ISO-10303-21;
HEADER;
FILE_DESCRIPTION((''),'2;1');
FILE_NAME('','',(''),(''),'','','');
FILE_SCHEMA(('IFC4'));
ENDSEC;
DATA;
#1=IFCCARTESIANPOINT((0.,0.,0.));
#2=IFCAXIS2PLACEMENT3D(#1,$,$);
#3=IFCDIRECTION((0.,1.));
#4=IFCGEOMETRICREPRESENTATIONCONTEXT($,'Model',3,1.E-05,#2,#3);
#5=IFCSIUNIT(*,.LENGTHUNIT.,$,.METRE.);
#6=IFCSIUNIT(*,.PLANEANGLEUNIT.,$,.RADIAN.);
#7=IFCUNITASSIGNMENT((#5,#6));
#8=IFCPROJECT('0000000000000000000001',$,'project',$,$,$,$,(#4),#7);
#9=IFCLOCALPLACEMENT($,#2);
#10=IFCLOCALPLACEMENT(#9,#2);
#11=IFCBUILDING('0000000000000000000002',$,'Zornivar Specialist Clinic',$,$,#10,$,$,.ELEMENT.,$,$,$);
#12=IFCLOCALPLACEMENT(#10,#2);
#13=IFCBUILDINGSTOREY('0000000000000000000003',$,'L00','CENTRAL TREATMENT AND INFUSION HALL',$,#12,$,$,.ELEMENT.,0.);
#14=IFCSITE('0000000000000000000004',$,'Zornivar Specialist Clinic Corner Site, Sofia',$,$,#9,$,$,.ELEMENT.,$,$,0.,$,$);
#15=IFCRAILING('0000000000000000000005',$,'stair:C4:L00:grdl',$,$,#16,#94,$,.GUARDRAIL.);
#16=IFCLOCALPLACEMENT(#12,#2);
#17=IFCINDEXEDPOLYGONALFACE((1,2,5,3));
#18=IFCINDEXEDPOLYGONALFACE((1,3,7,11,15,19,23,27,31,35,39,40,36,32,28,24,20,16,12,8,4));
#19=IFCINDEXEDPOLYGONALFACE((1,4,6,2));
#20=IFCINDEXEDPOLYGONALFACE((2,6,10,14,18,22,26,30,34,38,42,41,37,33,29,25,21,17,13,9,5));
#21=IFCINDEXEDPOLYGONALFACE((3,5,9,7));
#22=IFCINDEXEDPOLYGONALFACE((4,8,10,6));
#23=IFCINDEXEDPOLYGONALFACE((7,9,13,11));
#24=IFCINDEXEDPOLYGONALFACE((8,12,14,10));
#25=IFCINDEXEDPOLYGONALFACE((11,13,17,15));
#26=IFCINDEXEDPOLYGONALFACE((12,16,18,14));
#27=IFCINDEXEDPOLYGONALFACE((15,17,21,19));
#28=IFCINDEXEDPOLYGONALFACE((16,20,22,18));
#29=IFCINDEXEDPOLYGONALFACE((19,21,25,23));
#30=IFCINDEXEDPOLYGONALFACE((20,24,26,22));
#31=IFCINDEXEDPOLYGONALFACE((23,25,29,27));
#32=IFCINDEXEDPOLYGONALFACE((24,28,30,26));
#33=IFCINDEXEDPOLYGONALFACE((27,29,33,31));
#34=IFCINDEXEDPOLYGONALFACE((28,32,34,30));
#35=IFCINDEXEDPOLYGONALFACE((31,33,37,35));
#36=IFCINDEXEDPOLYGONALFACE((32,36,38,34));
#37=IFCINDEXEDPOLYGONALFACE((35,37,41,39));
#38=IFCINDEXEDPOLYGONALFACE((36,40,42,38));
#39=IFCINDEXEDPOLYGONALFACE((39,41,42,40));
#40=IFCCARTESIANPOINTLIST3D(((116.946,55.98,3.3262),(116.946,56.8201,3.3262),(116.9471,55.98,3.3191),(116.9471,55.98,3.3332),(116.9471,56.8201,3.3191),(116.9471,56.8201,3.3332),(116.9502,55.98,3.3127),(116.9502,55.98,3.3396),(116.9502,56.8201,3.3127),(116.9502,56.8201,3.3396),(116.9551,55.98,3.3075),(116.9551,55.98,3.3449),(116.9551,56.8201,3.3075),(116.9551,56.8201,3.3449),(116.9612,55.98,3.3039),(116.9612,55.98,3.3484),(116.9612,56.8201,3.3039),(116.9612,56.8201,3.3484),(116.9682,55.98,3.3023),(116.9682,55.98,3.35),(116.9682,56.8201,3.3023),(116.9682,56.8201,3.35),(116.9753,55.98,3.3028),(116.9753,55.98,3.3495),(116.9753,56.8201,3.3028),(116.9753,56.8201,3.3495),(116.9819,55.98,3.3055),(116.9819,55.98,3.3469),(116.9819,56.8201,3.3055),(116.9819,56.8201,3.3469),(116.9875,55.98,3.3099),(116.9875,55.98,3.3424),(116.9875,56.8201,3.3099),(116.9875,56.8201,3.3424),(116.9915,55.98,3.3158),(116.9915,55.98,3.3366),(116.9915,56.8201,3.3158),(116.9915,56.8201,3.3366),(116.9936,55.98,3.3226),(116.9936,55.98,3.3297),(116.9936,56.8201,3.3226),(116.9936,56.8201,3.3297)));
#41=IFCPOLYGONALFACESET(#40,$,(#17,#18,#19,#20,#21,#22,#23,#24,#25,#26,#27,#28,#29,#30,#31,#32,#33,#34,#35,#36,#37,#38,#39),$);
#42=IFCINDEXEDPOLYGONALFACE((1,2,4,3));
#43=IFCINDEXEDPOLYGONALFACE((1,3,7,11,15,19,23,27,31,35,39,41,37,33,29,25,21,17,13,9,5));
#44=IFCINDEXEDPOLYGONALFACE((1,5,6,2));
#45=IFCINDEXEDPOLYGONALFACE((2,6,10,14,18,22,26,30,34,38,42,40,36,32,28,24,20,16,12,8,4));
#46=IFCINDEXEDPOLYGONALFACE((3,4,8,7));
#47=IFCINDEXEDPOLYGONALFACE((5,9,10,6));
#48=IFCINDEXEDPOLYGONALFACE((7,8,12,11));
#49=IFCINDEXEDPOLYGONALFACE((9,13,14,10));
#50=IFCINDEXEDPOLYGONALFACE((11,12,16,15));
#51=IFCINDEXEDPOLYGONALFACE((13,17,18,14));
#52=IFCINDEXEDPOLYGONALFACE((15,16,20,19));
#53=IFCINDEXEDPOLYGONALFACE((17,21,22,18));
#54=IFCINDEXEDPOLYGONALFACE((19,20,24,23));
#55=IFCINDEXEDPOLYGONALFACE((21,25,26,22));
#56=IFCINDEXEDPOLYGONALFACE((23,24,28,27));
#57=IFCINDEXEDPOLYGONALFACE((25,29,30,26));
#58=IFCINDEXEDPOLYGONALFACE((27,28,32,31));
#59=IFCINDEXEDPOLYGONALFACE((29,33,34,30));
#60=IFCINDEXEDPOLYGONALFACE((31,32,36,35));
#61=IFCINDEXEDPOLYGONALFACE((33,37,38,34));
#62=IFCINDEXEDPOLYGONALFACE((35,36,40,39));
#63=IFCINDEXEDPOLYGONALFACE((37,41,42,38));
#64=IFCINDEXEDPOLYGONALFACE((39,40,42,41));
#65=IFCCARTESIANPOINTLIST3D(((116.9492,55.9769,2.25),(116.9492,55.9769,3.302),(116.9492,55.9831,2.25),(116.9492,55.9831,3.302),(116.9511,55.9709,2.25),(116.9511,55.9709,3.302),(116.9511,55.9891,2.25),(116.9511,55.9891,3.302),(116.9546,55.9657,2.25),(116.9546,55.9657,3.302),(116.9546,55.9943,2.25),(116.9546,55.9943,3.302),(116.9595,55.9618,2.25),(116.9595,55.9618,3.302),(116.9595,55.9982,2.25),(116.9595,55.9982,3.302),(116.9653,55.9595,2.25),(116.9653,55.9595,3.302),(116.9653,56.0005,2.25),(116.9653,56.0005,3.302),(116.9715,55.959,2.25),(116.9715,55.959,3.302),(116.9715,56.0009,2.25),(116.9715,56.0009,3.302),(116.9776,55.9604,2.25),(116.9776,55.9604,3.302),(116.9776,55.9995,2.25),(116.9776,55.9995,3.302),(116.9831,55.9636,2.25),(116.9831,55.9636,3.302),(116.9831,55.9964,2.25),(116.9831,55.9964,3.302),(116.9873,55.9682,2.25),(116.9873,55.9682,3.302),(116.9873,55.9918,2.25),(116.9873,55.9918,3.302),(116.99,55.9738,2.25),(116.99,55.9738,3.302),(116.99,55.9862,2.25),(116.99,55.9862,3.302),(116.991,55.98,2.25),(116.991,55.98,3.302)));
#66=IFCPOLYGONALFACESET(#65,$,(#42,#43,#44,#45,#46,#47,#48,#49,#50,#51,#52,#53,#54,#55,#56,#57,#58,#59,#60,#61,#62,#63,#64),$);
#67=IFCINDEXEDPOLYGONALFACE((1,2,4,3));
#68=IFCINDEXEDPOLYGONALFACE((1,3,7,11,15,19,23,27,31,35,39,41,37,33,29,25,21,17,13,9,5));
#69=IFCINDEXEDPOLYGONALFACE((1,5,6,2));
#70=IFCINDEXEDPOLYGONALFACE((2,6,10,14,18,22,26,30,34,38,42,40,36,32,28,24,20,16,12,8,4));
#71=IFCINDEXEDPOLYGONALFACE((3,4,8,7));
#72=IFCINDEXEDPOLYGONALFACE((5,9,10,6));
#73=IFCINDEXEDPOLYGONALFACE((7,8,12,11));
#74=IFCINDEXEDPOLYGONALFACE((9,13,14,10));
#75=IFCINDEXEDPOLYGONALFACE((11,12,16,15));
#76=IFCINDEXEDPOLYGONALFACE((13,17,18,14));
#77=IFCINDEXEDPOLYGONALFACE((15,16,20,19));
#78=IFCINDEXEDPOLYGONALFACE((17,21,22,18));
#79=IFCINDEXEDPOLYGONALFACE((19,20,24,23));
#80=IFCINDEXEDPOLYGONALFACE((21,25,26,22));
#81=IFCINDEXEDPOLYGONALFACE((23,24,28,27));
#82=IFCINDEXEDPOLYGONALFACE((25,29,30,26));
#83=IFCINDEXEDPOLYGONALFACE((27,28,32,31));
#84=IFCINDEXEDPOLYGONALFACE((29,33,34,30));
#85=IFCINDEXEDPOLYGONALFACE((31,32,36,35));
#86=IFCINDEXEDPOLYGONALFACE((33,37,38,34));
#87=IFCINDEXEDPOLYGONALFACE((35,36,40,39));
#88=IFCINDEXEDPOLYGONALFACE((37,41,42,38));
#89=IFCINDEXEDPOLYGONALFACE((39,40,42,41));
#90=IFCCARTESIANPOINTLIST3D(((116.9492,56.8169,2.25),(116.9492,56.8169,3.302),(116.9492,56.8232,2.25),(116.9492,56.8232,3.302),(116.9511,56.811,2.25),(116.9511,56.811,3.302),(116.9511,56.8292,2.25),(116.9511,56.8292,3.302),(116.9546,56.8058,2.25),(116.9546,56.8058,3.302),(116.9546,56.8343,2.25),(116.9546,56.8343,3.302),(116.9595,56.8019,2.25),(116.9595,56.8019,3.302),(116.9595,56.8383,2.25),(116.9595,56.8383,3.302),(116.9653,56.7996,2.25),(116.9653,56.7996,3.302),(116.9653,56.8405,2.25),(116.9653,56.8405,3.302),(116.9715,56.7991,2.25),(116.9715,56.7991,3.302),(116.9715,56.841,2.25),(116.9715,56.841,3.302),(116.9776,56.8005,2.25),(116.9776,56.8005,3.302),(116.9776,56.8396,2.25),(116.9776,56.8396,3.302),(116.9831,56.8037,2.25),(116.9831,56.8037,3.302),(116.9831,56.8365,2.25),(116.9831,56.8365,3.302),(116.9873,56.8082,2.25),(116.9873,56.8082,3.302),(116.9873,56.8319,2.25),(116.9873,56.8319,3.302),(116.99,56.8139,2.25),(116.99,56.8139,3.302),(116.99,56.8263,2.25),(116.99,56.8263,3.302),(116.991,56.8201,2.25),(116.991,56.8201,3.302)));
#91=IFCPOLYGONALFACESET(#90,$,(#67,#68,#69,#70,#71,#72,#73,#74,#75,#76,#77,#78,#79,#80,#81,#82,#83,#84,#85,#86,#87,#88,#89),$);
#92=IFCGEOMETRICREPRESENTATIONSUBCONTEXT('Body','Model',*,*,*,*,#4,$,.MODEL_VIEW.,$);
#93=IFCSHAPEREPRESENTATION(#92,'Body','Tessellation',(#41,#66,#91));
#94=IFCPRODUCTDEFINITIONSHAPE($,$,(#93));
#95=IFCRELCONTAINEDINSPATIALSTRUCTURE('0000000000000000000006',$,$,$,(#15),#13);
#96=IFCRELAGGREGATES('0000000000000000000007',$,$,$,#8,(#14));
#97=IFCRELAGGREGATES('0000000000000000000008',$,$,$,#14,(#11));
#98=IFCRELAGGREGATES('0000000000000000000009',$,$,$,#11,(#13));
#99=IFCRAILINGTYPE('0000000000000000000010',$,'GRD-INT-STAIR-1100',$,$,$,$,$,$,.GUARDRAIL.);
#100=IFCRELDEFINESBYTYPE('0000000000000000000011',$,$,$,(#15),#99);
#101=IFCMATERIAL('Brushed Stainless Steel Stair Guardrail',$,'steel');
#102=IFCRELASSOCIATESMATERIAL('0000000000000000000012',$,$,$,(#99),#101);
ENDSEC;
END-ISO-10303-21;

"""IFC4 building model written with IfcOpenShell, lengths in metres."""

from ifc_helpers import new_model, si_unit, direction, frame, origin, origin_2d, place, context, subcontext, project, spatial, circle, extrude, material, type_object, element, save


model = new_model("IFC4")

# Units and contexts
model_context = context("Model", 3, precision=1e-05, world=origin(), true_north=direction((0.0, 1.0)))
body_context = subcontext(model_context, "Body", "Model", "MODEL_VIEW")
ifc_project = project(units=[si_unit("LENGTHUNIT", "METRE"), si_unit("PLANEANGLEUNIT", "RADIAN")], contexts=[model_context])

# Site, building, storey
site_placement = place(None, origin())
site = spatial("IfcSite", under=ifc_project, at=site_placement, Name="Zornivar Specialist Clinic Corner Site, Sofia", CompositionType="ELEMENT", RefElevation=0.0)
building_placement = place(site_placement, origin())
building = spatial("IfcBuilding", under=site, at=building_placement, Name="Zornivar Specialist Clinic", CompositionType="ELEMENT")
storey_placement = place(building_placement, origin())
storey = spatial("IfcBuildingStorey", under=building, at=storey_placement, Name="L00", Description="CENTRAL TREATMENT AND INFUSION HALL", CompositionType="ELEMENT", Elevation=0.0)

# Railing
ifc_material_1 = material(Name="Brushed Stainless Steel Stair Guardrail", Category="steel")
railing_type_1 = type_object("IfcRailingType", Name="GRD-INT-STAIR-1100", PredefinedType="GUARDRAIL", material=ifc_material_1)
railing_1_placement = place(storey_placement, frame((116.97, 55.98, 2.25)))
element("IfcRailing", 1, at=railing_1_placement, inside=storey, type_object=railing_type_1, Name="stair:C4:L00:grdl", PredefinedType="GUARDRAIL", context=body_context, shape_type="SweptSolid", body=[
    extrude(circle(Radius=0.0239, at=origin_2d()), frame((0.0, 0.0, 1.0762), z_axis=(0.0, 1.0, 0.0), x_axis=(-1.0, 0.0, 0.0)), (0.0, 0.0, 1.0), 0.8401),
    extrude(circle(Radius=0.021, at=origin_2d()), origin(), (0.0, 0.0, 1.0), 1.052),
    extrude(circle(Radius=0.021, at=origin_2d()), frame((0.0, 0.8401, 0.0)), (0.0, 0.0, 1.0), 1.052),
])

save(model, "model.ifc")
